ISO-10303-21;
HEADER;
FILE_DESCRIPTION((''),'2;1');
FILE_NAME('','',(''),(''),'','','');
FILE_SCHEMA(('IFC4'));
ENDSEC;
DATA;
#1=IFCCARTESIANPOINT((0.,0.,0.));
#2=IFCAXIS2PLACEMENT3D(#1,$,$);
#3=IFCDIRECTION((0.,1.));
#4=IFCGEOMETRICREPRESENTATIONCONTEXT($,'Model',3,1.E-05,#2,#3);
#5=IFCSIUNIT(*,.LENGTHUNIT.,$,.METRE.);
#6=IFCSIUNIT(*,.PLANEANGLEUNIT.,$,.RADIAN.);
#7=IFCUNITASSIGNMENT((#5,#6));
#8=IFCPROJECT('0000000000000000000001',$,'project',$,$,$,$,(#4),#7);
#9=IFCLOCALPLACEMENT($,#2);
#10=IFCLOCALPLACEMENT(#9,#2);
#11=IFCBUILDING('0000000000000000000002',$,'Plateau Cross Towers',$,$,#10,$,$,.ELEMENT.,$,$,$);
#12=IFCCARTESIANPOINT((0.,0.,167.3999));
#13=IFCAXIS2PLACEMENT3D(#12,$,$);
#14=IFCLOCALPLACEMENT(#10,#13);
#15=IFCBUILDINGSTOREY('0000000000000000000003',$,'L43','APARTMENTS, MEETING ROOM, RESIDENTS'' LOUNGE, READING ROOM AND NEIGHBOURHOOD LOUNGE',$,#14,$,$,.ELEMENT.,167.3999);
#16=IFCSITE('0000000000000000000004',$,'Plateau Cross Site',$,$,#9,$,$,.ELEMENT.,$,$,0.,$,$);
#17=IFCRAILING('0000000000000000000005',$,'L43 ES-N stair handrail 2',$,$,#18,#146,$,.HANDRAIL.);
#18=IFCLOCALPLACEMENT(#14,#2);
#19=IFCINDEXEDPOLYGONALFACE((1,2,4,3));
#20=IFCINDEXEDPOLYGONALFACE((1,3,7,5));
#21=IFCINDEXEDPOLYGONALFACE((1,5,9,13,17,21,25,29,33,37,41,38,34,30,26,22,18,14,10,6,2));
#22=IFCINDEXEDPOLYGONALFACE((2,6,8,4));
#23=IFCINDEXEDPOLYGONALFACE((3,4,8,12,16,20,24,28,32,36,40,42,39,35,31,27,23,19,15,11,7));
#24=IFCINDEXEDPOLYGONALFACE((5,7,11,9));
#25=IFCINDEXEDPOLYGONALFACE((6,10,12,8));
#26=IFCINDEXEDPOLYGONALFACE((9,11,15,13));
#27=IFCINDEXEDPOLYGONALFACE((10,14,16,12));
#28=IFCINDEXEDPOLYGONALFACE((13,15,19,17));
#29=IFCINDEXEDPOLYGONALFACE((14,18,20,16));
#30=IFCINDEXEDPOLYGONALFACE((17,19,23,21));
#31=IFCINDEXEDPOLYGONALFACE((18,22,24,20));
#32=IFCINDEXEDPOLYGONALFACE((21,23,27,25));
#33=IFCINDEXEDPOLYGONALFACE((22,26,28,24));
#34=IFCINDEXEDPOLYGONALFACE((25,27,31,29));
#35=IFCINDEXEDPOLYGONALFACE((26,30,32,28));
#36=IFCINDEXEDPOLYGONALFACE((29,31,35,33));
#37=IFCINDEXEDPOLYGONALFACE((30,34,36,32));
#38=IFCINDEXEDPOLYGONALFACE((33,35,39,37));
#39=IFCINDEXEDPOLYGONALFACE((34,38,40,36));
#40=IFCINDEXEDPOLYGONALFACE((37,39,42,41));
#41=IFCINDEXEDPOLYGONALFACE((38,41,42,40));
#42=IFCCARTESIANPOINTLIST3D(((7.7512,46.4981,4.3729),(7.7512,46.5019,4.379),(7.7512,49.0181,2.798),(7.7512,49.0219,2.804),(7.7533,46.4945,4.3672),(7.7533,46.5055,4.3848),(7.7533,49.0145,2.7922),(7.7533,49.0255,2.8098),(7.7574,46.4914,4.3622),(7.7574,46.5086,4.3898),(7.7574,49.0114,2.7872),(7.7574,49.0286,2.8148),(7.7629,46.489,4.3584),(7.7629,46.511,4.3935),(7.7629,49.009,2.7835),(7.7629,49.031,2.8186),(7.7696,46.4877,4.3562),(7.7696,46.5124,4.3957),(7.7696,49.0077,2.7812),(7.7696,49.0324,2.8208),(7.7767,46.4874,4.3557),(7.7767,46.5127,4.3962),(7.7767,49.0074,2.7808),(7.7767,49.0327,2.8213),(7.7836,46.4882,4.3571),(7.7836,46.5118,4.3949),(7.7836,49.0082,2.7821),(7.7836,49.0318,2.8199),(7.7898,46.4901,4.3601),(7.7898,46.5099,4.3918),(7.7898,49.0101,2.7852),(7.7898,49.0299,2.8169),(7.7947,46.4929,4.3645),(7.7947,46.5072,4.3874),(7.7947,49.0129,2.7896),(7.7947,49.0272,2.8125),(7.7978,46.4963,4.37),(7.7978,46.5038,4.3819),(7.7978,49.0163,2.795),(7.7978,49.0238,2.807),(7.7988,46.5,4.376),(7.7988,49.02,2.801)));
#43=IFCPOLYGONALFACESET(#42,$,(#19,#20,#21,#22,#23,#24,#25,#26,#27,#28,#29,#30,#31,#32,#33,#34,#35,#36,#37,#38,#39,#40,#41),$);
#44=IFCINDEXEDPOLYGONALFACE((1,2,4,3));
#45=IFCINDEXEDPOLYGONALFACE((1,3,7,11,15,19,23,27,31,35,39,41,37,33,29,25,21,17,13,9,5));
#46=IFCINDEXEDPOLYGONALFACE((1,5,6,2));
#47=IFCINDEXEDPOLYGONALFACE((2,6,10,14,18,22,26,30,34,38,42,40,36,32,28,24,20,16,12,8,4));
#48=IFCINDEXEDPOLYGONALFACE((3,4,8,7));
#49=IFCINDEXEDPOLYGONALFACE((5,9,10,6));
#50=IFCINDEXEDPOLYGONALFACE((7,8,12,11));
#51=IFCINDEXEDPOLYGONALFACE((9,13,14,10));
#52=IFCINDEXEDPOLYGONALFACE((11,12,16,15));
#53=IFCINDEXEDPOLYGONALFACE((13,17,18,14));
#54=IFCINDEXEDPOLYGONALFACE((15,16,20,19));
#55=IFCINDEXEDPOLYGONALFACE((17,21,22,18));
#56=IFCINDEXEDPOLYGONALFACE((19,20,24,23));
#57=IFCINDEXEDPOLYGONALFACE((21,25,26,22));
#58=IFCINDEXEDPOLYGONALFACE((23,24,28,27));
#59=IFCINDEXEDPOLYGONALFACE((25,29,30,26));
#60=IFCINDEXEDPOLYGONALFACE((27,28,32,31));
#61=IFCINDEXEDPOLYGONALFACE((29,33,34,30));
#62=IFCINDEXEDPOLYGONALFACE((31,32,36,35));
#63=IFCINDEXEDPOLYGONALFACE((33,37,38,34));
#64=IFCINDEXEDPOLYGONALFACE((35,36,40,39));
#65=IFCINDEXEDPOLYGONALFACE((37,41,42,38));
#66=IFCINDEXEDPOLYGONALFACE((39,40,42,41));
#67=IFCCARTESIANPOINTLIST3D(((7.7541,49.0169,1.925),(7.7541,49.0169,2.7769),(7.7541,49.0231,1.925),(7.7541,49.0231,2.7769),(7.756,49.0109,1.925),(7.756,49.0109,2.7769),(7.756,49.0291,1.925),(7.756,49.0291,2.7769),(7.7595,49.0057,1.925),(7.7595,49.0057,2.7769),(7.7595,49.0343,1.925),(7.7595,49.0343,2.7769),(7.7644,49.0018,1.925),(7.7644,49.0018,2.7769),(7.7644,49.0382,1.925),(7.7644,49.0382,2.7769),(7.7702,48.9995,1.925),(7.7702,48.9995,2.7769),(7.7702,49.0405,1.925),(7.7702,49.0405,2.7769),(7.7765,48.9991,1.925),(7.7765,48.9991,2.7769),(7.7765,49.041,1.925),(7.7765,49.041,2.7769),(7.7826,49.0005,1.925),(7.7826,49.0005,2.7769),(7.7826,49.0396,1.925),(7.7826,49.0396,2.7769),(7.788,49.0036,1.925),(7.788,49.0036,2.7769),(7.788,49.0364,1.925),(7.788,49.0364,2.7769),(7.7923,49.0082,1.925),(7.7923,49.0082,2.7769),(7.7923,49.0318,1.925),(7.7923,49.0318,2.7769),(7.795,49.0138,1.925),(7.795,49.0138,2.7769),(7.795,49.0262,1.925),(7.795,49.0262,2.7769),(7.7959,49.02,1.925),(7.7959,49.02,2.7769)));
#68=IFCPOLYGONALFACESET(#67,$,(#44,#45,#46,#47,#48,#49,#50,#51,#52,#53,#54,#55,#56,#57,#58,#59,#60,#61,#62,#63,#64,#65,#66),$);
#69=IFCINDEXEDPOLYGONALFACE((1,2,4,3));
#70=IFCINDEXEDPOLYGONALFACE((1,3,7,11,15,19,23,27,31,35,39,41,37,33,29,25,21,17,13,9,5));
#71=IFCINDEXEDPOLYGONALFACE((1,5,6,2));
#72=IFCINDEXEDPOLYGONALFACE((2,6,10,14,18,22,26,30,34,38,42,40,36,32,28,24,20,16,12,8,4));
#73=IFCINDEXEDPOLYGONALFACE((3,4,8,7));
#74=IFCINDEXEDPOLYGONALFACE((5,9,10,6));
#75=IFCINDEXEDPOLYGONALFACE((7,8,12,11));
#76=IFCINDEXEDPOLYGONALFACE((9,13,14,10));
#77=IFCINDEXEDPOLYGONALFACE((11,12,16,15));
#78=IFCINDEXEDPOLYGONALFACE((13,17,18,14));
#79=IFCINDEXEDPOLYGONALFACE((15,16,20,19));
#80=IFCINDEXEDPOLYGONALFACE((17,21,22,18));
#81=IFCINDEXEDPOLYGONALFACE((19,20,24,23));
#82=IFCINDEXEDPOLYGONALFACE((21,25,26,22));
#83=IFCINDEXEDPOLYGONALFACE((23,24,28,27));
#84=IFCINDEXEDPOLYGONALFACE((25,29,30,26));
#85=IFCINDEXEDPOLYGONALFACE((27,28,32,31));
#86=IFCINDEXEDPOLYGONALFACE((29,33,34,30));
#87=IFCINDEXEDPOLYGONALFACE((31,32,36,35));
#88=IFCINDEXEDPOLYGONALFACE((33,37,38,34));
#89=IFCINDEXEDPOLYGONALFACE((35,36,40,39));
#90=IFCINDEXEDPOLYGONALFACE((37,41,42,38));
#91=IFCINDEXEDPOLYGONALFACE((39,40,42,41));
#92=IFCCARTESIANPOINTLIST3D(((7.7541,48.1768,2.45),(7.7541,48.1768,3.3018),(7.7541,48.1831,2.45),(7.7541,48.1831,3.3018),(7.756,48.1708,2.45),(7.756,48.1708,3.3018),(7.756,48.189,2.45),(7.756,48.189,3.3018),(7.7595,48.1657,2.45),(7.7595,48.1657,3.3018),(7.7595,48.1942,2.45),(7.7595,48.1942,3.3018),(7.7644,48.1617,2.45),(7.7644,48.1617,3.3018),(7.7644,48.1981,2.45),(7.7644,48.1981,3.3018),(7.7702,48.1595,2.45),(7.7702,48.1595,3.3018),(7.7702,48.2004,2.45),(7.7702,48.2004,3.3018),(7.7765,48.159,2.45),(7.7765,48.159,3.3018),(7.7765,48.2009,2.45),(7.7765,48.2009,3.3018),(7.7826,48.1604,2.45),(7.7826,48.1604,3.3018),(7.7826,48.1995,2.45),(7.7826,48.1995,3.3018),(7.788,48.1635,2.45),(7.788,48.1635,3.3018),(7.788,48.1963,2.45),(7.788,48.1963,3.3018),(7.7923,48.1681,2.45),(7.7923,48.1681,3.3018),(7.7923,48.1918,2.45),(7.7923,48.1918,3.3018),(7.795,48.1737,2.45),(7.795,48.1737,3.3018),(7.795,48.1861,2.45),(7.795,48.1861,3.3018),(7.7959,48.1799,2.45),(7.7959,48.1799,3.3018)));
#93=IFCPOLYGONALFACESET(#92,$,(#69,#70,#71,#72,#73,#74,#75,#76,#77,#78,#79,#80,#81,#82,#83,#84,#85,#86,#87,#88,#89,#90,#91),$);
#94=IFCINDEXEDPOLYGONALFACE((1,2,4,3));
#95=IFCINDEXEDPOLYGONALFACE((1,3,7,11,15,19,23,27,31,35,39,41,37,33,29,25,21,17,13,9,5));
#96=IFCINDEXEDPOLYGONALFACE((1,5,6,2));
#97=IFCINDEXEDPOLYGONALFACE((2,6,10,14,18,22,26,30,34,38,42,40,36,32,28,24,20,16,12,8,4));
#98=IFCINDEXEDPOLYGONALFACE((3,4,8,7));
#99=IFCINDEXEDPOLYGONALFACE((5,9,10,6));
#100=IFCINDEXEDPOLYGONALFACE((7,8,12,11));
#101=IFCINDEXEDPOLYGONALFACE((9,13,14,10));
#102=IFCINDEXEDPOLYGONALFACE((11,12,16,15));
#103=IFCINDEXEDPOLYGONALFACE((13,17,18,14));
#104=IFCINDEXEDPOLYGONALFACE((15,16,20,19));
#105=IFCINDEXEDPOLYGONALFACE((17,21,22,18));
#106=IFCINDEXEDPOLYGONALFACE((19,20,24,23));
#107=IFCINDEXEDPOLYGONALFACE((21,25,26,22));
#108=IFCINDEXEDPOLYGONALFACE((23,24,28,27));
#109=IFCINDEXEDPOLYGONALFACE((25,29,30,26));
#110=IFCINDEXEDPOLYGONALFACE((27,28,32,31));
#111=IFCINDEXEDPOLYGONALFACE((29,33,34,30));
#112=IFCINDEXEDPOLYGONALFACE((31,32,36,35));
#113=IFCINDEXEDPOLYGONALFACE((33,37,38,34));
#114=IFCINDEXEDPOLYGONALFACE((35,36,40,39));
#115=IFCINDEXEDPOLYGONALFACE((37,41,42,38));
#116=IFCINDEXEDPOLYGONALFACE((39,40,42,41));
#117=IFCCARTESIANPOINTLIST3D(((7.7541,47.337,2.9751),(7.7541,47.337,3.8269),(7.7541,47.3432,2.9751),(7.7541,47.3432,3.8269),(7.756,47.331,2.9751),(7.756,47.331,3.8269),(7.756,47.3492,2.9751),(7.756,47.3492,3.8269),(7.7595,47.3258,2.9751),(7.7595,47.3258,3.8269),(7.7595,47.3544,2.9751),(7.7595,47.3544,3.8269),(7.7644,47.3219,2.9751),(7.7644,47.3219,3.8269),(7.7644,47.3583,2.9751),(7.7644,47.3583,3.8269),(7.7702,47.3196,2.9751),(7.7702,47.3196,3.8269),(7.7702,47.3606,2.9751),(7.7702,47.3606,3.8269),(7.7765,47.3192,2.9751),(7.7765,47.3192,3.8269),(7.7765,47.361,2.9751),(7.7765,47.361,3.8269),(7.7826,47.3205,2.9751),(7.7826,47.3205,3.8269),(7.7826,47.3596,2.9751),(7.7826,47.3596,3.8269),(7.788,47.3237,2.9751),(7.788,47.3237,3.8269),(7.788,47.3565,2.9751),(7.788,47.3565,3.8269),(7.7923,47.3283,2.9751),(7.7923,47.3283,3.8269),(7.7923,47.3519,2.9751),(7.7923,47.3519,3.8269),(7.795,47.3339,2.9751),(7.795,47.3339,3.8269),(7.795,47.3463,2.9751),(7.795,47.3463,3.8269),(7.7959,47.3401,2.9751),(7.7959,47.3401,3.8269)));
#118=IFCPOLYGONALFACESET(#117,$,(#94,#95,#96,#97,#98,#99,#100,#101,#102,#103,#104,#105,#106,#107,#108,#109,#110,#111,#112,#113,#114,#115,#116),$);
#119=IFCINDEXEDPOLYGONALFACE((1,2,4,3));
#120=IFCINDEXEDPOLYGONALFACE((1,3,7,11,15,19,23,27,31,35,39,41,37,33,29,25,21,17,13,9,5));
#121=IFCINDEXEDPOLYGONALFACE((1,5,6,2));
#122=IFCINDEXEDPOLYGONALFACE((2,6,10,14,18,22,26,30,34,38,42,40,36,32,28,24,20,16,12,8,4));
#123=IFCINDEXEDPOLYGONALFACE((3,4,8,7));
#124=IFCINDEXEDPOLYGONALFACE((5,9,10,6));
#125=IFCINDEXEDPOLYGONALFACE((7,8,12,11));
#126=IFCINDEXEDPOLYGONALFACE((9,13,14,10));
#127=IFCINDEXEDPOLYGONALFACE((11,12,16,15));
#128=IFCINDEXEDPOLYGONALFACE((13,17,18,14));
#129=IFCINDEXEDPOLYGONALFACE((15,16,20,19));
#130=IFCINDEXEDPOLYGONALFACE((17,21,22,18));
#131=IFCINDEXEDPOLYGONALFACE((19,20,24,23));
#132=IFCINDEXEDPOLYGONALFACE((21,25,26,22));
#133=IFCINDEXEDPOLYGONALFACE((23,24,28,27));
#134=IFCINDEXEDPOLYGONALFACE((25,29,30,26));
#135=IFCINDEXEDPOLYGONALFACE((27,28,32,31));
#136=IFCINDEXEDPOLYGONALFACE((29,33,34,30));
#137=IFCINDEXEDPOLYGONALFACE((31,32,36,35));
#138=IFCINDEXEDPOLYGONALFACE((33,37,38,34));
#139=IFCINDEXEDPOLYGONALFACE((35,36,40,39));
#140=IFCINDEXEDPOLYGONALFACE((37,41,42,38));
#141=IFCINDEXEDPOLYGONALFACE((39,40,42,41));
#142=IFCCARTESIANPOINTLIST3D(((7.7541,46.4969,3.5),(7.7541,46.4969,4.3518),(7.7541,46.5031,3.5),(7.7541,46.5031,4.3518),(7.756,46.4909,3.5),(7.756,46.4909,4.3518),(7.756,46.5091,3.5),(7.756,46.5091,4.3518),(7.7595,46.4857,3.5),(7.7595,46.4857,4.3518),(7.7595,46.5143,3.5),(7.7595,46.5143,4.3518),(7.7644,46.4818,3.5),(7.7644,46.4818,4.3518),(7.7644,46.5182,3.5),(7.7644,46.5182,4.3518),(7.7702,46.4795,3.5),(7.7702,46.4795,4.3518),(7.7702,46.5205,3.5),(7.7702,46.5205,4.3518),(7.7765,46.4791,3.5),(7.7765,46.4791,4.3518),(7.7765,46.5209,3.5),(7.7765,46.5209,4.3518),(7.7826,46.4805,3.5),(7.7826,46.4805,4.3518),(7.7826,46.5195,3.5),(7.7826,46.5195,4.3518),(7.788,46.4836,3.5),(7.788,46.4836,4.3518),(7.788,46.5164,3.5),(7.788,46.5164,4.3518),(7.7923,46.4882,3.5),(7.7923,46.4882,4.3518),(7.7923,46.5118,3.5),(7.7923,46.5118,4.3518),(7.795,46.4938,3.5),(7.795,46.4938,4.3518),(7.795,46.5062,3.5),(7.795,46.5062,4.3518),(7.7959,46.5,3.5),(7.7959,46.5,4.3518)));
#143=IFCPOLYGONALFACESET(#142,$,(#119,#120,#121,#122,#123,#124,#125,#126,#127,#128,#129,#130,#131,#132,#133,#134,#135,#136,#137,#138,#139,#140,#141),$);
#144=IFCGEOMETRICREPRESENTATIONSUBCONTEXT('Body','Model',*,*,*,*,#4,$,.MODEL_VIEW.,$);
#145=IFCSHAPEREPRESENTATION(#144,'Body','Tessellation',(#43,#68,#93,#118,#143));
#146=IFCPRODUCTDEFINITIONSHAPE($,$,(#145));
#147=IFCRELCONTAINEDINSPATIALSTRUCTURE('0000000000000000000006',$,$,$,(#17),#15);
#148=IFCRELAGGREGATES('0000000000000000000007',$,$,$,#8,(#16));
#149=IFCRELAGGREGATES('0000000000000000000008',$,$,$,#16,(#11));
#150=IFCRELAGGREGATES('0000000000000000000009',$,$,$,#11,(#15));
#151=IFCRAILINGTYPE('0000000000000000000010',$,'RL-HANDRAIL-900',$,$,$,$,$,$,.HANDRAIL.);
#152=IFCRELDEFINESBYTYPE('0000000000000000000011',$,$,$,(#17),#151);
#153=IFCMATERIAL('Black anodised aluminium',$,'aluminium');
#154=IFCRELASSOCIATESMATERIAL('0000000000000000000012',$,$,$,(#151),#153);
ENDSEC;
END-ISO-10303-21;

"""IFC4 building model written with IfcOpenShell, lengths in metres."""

from ifc_helpers import new_model, si_unit, direction, frame, origin, origin_2d, place, context, subcontext, project, spatial, circle, extrude, material, type_object, element, save


model = new_model("IFC4")

# Units and contexts
model_context = context("Model", 3, precision=1e-05, world=origin(), true_north=direction((0.0, 1.0)))
body_context = subcontext(model_context, "Body", "Model", "MODEL_VIEW")
ifc_project = project(units=[si_unit("LENGTHUNIT", "METRE"), si_unit("PLANEANGLEUNIT", "RADIAN")], contexts=[model_context])

# Site, building, storey
site_placement = place(None, origin())
site = spatial("IfcSite", under=ifc_project, at=site_placement, Name="Plateau Cross Site", CompositionType="ELEMENT", RefElevation=0.0)
building_placement = place(site_placement, origin())
building = spatial("IfcBuilding", under=site, at=building_placement, Name="Plateau Cross Towers", CompositionType="ELEMENT")
storey_placement = place(building_placement, frame((0.0, 0.0, 167.3999)))
storey = spatial("IfcBuildingStorey", under=building, at=storey_placement, Name="L43", Description="APARTMENTS, MEETING ROOM, RESIDENTS' LOUNGE, READING ROOM AND NEIGHBOURHOOD LOUNGE", CompositionType="ELEMENT", Elevation=167.3999)

# Shared definitions
ifc_material_1 = material(Name="Black anodised aluminium", Category="aluminium")

# Railing
railing_type_1 = type_object("IfcRailingType", Name="RL-HANDRAIL-900", PredefinedType="HANDRAIL", material=ifc_material_1)
railing_1_placement = place(storey_placement, frame((7.7749, 49.02, 1.925)))
element("IfcRailing", 1, at=railing_1_placement, inside=storey, type_object=railing_type_1, Name="L43 ES-N stair handrail 2", PredefinedType="HANDRAIL", context=body_context, shape_type="SweptSolid", body=[
    extrude(circle(Radius=0.0239, at=origin_2d()), frame((0.0, 0.0, 0.876), z_axis=(0.0, -0.848008, 0.529984), x_axis=(1.0, 0.0, 0.0)), (0.0, 0.0, 1.0), 2.9717),
    extrude(circle(Radius=0.021, at=origin_2d()), origin(), (0.0, 0.0, 1.0), 0.8518),
    extrude(circle(Radius=0.021, at=origin_2d()), frame((0.0, -0.8401, 0.5249)), (0.0, 0.0, 1.0), 0.8518),
    extrude(circle(Radius=0.021, at=origin_2d()), frame((0.0, -1.6799, 1.05)), (0.0, 0.0, 1.0), 0.8518),
    extrude(circle(Radius=0.021, at=origin_2d()), frame((0.0, -2.52, 1.575)), (0.0, 0.0, 1.0), 0.8518),
])

save(model, "model.ifc")
